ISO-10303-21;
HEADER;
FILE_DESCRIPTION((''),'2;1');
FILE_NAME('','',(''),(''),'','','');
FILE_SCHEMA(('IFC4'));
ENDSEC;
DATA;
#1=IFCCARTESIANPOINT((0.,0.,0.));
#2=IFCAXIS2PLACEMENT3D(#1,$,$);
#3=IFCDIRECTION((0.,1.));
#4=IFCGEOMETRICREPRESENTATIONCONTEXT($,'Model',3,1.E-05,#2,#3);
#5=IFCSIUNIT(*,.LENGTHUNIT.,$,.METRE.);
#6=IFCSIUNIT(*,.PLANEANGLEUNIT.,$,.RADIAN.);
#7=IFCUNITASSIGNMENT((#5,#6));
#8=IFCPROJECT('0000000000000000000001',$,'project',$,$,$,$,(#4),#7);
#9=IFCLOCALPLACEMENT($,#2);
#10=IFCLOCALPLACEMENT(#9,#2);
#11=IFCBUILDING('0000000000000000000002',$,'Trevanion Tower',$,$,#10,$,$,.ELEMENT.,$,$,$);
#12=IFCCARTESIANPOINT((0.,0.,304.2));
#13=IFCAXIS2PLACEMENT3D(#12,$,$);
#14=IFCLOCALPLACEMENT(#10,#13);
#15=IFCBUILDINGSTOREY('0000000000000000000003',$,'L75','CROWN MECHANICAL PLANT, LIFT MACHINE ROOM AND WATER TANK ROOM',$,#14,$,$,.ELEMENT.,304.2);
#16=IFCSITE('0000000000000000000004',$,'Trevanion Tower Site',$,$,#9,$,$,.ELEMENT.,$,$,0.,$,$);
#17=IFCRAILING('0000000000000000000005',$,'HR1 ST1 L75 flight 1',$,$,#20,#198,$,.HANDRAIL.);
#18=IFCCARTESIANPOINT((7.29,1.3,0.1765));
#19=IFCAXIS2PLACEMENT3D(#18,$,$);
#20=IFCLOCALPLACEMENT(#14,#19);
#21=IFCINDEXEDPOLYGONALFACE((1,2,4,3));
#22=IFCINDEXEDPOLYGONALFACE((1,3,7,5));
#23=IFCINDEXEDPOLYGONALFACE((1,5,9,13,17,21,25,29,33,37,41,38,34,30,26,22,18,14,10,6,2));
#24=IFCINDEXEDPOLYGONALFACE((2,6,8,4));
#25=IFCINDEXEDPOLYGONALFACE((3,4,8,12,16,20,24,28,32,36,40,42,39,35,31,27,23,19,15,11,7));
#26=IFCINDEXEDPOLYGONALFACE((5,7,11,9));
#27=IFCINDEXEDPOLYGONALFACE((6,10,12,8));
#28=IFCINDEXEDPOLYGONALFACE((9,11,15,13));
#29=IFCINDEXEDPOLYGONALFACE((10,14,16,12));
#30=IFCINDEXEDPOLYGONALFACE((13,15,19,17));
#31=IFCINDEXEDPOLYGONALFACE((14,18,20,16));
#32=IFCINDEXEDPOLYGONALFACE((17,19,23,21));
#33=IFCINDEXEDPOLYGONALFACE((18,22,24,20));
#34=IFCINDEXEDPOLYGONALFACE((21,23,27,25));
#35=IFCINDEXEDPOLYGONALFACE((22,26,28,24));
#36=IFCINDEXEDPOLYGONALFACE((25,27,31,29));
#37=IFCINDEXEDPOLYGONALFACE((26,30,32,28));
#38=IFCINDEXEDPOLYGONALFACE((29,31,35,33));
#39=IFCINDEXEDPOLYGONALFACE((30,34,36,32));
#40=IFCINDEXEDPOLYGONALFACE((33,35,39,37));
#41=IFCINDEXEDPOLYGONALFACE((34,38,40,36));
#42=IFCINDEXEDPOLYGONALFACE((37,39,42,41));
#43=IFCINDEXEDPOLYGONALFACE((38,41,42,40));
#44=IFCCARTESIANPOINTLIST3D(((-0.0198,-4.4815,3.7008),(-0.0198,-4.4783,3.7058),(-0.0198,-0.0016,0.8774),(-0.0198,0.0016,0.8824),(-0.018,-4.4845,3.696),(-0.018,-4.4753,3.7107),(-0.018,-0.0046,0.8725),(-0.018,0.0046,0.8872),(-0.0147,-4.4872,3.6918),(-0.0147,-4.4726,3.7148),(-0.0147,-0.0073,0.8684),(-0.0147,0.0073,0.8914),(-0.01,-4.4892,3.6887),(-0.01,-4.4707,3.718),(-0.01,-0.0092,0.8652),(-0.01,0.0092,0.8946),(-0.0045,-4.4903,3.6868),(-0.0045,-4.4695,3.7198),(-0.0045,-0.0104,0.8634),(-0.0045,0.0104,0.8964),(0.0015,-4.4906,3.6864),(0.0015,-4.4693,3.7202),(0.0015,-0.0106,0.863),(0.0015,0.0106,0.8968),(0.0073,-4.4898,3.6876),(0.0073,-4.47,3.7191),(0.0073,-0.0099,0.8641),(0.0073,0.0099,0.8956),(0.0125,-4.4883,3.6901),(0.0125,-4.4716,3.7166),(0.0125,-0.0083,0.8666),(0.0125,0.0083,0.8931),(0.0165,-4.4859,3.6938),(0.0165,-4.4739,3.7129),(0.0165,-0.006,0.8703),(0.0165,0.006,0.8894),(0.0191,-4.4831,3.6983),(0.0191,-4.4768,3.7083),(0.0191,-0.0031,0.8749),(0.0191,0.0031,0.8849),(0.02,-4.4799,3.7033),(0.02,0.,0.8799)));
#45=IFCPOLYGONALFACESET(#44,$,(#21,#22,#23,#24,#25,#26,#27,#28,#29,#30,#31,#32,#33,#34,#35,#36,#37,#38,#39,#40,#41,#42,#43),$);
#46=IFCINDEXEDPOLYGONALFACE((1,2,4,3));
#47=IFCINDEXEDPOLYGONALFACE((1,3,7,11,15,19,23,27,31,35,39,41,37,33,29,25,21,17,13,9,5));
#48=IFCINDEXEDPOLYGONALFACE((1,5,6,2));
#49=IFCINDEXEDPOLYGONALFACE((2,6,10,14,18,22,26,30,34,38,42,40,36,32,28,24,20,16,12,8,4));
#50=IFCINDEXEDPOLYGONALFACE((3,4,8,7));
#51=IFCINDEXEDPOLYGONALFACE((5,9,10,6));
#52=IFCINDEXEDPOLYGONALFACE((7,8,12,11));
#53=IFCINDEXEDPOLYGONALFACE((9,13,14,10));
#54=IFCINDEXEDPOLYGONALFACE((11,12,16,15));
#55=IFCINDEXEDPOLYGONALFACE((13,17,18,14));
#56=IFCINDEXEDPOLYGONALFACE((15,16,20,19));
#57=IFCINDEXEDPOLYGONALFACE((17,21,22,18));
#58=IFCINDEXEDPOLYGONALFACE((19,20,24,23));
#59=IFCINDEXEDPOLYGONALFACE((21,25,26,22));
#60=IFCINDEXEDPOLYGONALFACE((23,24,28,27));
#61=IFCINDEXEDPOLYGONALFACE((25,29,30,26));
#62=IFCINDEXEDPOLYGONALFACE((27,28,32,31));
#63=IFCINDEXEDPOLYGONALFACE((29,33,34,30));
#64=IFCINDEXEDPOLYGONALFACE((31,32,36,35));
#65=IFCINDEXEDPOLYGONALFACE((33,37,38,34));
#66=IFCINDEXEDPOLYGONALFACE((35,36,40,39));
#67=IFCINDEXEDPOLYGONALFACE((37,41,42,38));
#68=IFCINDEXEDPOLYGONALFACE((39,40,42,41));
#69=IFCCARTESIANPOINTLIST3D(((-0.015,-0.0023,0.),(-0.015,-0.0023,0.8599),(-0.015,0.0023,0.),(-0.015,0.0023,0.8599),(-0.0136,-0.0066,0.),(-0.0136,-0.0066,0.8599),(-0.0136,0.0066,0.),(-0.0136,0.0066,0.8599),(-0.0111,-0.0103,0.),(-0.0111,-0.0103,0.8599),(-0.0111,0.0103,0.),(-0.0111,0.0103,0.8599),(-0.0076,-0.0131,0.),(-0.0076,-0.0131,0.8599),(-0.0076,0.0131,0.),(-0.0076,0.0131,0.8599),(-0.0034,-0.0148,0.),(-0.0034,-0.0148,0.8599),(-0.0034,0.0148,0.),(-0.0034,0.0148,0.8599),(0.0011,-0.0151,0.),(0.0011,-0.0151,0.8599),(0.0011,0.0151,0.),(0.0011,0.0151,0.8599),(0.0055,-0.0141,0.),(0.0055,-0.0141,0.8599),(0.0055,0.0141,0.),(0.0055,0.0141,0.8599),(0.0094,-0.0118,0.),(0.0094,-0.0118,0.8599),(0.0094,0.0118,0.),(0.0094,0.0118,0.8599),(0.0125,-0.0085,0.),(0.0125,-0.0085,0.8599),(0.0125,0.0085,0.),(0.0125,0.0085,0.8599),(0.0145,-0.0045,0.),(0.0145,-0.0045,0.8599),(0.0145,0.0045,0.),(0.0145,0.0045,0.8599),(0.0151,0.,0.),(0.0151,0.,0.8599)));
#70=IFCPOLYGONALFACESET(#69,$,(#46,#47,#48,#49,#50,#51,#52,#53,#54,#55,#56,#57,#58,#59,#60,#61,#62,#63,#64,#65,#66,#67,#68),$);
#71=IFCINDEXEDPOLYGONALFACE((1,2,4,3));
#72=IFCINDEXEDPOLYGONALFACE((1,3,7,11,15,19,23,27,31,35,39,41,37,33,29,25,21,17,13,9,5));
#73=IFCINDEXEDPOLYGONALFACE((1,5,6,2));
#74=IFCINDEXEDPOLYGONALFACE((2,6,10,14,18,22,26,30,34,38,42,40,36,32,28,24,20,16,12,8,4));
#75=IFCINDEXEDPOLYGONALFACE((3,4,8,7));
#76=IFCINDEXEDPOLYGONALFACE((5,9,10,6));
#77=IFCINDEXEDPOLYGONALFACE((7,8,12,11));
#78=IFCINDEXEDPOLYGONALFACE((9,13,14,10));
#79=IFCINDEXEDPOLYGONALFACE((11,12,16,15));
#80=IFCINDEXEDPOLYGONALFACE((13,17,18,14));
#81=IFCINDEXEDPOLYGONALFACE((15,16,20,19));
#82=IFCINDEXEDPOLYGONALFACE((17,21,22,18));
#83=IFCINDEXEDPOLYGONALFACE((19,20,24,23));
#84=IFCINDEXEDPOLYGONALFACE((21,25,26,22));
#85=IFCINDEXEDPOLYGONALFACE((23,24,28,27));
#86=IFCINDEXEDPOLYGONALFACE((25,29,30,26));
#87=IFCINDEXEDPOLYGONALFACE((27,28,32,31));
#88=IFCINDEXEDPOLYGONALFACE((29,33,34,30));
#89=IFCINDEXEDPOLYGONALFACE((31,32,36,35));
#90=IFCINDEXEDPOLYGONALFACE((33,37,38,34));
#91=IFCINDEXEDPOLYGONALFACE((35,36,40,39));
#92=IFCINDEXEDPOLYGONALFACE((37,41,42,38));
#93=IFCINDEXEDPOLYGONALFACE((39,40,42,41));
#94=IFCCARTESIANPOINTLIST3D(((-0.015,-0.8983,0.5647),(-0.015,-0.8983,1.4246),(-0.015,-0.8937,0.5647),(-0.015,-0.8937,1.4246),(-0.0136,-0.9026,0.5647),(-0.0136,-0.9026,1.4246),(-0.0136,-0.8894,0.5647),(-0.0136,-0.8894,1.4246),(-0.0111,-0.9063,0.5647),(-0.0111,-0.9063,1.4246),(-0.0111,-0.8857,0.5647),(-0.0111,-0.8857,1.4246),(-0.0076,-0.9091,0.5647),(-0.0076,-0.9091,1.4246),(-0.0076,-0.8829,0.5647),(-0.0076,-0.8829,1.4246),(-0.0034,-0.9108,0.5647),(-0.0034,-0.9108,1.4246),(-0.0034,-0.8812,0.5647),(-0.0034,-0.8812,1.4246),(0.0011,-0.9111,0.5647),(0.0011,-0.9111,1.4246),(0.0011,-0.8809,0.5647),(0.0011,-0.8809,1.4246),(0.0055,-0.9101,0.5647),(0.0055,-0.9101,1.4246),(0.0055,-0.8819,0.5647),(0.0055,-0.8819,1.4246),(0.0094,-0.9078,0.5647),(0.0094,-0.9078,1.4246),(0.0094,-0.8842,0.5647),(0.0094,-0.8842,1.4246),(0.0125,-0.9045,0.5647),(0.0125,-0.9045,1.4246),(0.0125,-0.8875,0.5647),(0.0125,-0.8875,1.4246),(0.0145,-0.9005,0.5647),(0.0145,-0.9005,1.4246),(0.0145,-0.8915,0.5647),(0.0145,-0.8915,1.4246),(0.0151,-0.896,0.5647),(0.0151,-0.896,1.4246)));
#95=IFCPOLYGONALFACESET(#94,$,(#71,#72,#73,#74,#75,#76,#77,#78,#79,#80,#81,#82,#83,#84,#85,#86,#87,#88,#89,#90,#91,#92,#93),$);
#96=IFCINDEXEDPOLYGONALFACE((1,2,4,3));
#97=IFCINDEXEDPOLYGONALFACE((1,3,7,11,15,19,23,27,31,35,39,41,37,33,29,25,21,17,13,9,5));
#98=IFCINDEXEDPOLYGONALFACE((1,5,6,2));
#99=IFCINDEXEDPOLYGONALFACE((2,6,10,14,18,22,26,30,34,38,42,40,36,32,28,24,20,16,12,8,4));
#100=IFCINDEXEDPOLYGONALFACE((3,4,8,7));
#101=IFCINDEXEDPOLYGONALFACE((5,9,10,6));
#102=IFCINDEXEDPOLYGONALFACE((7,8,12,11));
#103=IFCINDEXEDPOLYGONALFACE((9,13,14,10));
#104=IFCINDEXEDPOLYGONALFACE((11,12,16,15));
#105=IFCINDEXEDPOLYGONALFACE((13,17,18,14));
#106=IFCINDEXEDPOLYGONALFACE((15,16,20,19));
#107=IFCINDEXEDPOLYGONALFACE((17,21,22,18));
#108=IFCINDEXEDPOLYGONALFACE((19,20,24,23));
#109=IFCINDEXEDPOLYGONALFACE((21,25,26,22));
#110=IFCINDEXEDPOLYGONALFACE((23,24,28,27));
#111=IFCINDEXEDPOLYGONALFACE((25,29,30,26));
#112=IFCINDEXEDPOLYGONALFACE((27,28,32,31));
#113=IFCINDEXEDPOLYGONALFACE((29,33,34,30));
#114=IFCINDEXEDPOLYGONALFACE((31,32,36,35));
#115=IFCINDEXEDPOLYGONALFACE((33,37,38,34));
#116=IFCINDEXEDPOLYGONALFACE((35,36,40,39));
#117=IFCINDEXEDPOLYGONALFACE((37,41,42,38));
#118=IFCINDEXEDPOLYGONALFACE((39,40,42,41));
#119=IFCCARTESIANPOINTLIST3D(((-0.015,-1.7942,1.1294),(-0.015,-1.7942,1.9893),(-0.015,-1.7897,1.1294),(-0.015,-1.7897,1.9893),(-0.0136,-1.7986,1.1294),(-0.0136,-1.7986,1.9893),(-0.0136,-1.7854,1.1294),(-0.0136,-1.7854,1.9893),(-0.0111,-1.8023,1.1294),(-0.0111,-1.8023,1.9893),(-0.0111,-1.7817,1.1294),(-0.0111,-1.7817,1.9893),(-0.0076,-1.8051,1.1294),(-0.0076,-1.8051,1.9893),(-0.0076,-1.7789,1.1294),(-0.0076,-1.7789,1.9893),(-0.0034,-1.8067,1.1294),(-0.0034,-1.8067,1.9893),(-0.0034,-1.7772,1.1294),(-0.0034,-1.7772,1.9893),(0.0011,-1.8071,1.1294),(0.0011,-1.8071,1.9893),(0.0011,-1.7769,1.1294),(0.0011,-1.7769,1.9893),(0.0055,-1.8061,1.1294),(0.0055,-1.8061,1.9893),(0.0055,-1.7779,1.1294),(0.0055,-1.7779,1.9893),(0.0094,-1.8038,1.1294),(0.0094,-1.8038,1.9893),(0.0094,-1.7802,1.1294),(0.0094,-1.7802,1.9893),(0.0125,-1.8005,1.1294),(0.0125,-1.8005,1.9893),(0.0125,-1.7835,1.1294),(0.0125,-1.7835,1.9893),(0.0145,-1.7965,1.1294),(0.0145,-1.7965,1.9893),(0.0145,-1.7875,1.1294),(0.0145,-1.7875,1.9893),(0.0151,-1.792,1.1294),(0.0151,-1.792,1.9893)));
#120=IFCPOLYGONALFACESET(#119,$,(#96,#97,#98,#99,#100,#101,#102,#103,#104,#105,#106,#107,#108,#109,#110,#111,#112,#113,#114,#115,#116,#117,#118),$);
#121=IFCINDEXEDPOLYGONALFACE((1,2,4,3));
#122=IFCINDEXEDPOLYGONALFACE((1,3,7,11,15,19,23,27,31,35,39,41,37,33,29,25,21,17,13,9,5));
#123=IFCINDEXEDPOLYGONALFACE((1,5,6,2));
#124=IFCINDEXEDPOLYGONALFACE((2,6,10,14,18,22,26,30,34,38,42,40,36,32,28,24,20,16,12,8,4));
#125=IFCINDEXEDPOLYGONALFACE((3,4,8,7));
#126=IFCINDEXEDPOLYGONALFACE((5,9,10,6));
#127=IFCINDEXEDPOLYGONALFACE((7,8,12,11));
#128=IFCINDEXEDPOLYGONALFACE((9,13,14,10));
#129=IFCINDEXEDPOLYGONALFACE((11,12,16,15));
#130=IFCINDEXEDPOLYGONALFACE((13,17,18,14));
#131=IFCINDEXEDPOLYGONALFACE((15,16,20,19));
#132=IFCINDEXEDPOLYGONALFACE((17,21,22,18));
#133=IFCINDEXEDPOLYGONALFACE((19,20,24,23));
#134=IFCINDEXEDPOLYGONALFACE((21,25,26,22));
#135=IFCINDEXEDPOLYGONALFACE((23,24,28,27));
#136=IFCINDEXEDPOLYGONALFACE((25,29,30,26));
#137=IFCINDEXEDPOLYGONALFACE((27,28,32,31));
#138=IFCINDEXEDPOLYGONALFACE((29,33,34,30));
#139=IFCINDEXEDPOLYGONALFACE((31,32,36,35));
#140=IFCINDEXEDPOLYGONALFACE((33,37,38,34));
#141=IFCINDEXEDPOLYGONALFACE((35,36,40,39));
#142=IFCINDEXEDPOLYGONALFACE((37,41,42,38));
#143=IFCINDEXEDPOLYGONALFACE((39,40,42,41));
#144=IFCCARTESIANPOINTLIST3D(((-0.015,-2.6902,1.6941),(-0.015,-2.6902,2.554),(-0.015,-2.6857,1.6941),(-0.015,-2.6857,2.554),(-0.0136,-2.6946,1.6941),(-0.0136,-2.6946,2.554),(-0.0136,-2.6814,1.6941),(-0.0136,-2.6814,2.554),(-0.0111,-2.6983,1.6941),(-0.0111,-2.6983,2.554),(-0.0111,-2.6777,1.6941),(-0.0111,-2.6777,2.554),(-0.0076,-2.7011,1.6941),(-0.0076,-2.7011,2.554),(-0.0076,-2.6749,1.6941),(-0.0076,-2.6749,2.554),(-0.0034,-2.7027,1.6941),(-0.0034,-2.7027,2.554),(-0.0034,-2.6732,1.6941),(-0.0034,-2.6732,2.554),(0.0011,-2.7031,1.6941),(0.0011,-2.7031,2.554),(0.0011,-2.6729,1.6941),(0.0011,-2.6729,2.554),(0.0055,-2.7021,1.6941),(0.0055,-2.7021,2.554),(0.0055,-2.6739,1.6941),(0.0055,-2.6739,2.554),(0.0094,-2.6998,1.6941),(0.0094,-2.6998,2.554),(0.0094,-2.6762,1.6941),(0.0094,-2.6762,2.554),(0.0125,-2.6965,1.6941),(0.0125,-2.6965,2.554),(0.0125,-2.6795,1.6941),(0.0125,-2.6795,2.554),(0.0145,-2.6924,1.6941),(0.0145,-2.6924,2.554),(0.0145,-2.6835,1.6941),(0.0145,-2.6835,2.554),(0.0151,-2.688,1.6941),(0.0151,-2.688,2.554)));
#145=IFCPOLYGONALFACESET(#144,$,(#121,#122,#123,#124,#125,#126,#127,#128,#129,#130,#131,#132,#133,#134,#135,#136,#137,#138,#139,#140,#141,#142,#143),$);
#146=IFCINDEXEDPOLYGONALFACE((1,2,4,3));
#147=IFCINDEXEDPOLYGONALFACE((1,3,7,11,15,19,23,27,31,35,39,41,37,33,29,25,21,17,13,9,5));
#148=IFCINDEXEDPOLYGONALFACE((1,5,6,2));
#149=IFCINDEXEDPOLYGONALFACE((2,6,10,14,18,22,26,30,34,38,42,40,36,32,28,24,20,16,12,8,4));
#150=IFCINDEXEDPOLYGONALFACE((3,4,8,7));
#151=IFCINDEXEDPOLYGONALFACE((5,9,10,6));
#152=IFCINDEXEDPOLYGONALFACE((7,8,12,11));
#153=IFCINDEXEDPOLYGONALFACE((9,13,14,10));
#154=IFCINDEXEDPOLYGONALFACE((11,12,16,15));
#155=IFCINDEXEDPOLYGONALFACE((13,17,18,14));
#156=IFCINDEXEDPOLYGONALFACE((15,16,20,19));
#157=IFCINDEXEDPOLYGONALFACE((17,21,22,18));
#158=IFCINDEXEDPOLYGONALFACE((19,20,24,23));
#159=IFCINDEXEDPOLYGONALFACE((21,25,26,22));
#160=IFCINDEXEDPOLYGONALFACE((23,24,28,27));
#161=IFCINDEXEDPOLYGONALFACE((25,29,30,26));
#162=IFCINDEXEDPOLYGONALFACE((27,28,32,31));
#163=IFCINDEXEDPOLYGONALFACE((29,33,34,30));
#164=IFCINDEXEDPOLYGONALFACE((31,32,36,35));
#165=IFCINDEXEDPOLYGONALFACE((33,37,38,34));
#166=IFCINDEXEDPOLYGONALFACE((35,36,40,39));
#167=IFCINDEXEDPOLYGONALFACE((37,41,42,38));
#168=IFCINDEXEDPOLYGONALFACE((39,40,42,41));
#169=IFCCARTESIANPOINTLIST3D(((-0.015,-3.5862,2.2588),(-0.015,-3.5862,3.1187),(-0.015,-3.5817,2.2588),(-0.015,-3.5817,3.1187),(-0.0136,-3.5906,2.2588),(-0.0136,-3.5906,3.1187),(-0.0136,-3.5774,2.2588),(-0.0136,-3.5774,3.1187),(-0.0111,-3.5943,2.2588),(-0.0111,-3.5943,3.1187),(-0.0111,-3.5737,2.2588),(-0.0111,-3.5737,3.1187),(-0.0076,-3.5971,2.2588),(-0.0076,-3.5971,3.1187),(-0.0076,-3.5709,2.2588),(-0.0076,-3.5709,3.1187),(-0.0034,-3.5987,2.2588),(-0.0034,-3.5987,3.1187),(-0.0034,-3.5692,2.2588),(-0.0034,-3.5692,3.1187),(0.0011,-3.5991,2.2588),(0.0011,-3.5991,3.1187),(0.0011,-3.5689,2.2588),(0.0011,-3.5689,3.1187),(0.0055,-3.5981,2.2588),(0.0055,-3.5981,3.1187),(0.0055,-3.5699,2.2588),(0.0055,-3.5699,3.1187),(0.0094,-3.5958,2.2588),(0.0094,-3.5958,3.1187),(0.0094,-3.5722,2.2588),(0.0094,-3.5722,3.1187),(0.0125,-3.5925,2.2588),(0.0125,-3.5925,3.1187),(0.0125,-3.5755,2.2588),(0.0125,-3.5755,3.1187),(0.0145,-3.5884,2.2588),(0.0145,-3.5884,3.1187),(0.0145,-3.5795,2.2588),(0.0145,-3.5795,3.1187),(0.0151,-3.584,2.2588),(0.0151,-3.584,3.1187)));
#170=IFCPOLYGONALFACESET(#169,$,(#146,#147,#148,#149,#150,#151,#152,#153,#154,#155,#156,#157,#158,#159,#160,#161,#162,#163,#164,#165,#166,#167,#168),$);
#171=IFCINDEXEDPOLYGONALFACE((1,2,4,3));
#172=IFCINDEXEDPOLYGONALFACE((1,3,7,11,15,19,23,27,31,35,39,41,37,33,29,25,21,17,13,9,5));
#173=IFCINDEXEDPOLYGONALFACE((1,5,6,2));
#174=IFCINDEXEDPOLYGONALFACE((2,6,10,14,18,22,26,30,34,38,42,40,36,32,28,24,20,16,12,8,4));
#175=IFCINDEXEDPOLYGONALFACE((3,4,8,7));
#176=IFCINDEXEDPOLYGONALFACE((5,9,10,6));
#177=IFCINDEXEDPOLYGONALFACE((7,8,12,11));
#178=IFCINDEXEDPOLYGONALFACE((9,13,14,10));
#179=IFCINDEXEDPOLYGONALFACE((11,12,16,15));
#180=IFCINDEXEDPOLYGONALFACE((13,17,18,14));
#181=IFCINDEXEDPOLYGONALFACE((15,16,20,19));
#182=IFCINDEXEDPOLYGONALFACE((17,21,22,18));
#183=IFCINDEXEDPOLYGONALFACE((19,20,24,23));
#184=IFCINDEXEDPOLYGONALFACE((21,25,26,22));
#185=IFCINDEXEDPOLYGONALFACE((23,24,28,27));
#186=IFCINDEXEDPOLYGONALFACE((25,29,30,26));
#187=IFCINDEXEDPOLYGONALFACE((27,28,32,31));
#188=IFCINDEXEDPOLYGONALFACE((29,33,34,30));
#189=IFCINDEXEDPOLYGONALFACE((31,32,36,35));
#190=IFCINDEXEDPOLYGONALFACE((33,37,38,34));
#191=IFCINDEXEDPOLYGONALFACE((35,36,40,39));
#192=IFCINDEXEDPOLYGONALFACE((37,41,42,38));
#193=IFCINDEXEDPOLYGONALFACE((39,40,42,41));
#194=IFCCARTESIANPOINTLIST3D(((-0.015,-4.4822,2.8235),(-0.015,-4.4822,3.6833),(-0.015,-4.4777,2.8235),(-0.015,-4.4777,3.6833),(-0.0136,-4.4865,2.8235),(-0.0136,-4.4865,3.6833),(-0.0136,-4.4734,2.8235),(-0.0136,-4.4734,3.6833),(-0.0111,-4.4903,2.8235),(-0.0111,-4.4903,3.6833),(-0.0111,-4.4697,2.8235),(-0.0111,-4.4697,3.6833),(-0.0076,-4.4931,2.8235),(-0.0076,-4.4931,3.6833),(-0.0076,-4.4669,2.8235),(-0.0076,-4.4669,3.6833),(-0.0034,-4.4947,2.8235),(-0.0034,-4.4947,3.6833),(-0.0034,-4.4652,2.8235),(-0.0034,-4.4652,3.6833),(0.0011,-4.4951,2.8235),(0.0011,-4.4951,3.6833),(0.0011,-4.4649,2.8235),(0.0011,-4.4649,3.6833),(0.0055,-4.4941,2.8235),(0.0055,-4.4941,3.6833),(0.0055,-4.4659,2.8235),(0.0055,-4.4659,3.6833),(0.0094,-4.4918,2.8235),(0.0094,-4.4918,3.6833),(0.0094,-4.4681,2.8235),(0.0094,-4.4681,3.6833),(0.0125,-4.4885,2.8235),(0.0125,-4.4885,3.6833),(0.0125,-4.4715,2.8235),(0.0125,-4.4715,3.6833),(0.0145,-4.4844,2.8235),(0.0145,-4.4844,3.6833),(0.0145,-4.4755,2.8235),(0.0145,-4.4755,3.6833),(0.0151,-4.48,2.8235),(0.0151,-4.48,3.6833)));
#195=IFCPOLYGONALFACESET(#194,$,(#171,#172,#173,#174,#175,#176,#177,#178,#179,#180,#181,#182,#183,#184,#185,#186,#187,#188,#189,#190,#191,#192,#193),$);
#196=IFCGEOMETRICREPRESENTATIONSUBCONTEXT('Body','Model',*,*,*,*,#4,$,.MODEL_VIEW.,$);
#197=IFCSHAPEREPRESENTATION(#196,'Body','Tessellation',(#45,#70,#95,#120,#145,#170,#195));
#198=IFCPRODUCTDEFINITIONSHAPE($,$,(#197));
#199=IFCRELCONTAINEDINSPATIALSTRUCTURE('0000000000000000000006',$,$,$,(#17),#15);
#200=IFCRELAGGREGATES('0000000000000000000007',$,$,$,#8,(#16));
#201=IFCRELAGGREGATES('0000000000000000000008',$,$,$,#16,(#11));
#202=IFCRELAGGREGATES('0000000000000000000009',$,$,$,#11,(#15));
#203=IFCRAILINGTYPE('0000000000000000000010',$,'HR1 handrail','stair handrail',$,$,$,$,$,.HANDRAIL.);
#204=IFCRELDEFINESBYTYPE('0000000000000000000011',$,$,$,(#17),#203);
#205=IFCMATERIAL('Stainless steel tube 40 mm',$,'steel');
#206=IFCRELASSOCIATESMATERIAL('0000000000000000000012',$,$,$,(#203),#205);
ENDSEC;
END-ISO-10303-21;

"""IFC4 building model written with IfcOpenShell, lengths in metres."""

from ifc_helpers import new_model, si_unit, direction, frame, origin, origin_2d, place, context, subcontext, project, spatial, circle, extrude, material, type_object, element, save


model = new_model("IFC4")

# Units and contexts
model_context = context("Model", 3, precision=1e-05, world=origin(), true_north=direction((0.0, 1.0)))
body_context = subcontext(model_context, "Body", "Model", "MODEL_VIEW")
ifc_project = project(units=[si_unit("LENGTHUNIT", "METRE"), si_unit("PLANEANGLEUNIT", "RADIAN")], contexts=[model_context])

# Site, building, storey
site_placement = place(None, origin())
site = spatial("IfcSite", under=ifc_project, at=site_placement, Name="Trevanion Tower Site", CompositionType="ELEMENT", RefElevation=0.0)
building_placement = place(site_placement, origin())
building = spatial("IfcBuilding", under=site, at=building_placement, Name="Trevanion Tower", CompositionType="ELEMENT")
storey_placement = place(building_placement, frame((0.0, 0.0, 304.2)))
storey = spatial("IfcBuildingStorey", under=building, at=storey_placement, Name="L75", Description="CROWN MECHANICAL PLANT, LIFT MACHINE ROOM AND WATER TANK ROOM", CompositionType="ELEMENT", Elevation=304.2)

# Railing
ifc_material_1 = material(Name="Stainless steel tube 40 mm", Category="steel")
railing_type = type_object("IfcRailingType", Name="HR1 handrail", Description="stair handrail", PredefinedType="HANDRAIL", material=ifc_material_1)
for number, where, name in (
    (1, (7.29, 1.3, 0.1765), "HR1 ST1 L75 flight 1"),
):
    element("IfcRailing", number, at=place(storey_placement, frame(where)), inside=storey, type_object=railing_type, Name=name, PredefinedType="HANDRAIL", context=body_context, shape_type="SweptSolid", body=[
        extrude(circle(Radius=0.02, at=origin_2d()), frame((0.0, 0.0, 0.8799), z_axis=(0.0, -0.845998, 0.533186), x_axis=(1.0, 0.0, 0.0)), (0.0, 0.0, 1.0), 5.2954),
        extrude(circle(Radius=0.0151, at=origin_2d()), origin(), (0.0, 0.0, 1.0), 0.8599),
        extrude(circle(Radius=0.0151, at=origin_2d()), frame((0.0, -0.896, 0.5647)), (0.0, 0.0, 1.0), 0.8599),
        extrude(circle(Radius=0.0151, at=origin_2d()), frame((0.0, -1.792, 1.1294)), (0.0, 0.0, 1.0), 0.8599),
        extrude(circle(Radius=0.0151, at=origin_2d()), frame((0.0, -2.688, 1.6941)), (0.0, 0.0, 1.0), 0.8599),
        extrude(circle(Radius=0.0151, at=origin_2d()), frame((0.0, -3.584, 2.2588)), (0.0, 0.0, 1.0), 0.8599),
        extrude(circle(Radius=0.0151, at=origin_2d()), frame((0.0, -4.48, 2.8235)), (0.0, 0.0, 1.0), 0.8599),
    ])

save(model, "model.ifc")
